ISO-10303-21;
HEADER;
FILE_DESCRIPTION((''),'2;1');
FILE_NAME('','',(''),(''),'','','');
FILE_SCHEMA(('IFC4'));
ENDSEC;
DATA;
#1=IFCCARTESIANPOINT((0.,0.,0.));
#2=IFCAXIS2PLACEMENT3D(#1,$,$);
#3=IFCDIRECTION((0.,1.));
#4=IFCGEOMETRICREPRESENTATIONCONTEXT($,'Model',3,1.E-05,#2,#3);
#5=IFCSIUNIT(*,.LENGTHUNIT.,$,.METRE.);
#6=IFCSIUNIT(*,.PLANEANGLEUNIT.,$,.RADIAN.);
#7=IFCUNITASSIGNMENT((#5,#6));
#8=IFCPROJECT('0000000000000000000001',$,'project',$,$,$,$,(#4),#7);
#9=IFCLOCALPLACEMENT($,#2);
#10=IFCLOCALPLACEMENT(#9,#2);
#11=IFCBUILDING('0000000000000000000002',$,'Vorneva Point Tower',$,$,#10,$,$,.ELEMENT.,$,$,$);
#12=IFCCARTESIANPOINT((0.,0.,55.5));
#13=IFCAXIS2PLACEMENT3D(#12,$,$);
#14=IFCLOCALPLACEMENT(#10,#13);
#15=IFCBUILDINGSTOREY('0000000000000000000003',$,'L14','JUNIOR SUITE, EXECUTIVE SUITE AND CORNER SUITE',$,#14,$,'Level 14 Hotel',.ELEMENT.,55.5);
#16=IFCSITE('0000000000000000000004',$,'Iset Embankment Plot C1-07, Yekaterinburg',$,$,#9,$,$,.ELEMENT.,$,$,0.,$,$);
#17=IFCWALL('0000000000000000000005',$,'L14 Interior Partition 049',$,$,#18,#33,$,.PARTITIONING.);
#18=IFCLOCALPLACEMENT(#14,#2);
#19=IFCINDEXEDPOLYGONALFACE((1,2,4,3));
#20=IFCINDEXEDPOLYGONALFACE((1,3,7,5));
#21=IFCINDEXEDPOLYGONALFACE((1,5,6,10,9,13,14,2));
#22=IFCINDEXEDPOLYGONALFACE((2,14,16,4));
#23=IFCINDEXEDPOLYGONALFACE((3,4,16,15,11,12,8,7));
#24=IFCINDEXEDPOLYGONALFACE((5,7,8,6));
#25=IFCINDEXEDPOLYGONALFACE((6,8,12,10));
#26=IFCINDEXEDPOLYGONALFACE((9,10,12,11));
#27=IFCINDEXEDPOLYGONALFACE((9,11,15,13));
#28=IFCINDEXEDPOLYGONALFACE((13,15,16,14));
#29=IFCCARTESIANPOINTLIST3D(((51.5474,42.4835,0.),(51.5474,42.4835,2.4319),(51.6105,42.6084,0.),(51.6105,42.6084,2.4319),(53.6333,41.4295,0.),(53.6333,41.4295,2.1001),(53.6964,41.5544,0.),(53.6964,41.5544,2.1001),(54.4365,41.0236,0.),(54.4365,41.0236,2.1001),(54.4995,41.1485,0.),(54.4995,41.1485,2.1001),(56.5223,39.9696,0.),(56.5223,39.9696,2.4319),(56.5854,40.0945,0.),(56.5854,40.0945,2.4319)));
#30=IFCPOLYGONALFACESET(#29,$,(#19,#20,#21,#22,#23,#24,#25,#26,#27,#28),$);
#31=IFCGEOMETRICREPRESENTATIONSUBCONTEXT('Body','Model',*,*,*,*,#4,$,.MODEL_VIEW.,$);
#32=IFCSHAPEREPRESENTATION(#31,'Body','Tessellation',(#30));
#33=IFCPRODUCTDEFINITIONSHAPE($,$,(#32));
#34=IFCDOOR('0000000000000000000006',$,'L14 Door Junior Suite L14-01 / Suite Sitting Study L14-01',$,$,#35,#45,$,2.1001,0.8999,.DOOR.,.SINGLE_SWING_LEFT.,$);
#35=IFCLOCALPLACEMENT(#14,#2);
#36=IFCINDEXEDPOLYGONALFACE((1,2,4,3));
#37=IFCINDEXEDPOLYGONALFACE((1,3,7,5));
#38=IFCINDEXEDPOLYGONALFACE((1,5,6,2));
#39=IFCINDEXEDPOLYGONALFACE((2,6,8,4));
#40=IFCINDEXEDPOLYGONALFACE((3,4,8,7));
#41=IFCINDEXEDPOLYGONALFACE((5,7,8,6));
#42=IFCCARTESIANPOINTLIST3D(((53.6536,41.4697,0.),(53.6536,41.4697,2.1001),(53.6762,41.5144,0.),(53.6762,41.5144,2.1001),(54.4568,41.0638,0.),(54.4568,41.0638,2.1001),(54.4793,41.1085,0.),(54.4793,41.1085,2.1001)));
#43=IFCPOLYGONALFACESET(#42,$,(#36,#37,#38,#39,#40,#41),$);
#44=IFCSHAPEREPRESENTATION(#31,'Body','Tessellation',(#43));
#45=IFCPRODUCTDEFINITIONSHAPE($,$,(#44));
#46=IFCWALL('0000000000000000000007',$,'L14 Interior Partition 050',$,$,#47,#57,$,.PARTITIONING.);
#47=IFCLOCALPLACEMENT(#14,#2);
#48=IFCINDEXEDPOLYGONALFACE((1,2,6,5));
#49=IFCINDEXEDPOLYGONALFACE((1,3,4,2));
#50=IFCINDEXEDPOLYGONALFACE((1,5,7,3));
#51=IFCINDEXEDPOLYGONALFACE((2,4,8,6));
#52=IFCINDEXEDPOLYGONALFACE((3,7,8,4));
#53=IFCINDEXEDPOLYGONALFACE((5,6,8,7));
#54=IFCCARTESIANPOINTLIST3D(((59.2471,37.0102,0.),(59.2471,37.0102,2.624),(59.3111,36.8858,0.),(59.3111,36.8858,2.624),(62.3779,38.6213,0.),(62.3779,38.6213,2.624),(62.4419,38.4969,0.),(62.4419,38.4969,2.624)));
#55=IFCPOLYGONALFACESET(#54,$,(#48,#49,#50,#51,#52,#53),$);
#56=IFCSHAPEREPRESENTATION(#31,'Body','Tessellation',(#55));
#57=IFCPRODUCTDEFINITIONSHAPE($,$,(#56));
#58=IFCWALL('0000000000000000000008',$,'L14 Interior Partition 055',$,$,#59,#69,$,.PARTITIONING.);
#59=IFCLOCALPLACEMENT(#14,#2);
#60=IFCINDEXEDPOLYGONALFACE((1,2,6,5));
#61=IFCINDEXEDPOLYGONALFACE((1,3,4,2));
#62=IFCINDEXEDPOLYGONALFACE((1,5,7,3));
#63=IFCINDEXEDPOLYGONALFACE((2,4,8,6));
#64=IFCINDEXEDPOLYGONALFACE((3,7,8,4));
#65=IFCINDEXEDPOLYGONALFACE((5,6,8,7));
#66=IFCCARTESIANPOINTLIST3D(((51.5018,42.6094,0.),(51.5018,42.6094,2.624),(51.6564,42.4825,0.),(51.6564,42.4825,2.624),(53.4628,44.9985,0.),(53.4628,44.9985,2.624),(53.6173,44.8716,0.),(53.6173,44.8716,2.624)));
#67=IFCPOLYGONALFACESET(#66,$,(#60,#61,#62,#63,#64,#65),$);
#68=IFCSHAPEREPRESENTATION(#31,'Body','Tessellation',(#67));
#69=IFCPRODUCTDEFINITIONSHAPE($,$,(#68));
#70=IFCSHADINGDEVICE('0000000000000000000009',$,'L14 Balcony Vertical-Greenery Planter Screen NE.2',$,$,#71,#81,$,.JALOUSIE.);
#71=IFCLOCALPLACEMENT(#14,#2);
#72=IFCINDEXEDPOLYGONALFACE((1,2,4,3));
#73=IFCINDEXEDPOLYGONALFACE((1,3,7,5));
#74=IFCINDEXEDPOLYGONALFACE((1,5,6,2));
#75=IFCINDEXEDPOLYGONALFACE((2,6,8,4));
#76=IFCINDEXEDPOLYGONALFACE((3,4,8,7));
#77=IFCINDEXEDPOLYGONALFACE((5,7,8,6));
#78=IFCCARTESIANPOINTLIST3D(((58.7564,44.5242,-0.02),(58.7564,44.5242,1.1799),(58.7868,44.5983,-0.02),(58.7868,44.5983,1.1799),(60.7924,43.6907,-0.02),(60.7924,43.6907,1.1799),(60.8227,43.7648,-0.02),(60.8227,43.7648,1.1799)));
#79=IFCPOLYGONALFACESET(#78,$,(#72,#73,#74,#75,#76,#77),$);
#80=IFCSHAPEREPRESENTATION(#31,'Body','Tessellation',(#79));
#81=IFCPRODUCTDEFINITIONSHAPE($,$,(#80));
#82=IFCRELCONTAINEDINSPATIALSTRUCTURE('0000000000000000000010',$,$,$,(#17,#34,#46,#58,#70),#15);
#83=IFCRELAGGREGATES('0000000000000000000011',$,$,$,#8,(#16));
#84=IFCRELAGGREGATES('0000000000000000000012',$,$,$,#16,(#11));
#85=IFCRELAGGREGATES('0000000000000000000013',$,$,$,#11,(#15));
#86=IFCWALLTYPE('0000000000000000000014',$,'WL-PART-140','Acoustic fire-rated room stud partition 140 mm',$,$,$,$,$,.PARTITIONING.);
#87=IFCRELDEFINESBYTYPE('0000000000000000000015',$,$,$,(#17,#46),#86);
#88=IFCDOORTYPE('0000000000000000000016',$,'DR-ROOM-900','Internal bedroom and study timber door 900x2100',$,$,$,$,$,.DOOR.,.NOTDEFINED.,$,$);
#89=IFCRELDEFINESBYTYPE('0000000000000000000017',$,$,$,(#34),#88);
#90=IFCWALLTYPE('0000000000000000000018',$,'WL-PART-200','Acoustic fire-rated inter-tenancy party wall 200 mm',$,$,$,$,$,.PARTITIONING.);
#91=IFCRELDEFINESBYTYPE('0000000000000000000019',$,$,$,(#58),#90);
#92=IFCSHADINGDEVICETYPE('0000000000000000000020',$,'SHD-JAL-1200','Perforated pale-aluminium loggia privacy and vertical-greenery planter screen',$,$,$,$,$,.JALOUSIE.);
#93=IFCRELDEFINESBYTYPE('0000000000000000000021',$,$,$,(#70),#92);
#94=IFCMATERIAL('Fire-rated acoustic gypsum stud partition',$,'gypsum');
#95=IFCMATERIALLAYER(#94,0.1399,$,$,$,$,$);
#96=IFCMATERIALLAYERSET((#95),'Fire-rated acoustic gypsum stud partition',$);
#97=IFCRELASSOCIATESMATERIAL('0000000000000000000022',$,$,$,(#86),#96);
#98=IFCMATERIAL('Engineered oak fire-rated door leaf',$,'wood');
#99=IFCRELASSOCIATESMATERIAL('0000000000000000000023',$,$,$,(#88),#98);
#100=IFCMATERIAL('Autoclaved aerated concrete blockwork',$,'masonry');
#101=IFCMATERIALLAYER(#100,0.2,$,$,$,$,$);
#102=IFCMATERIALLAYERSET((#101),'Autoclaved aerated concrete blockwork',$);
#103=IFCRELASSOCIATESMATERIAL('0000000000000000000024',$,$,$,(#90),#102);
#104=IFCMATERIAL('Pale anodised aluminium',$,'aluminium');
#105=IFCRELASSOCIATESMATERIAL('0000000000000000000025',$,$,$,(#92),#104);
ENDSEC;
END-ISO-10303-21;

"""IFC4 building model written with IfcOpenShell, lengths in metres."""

from ifc_helpers import new_model, si_unit, direction, frame, frame_2d, origin, origin_2d, place, context, subcontext, project, spatial, rectangle, extrude, material, layer, layer_set, type_object, element, fill, save


model = new_model("IFC4")

# Units and contexts
model_context = context("Model", 3, precision=1e-05, world=origin(), true_north=direction((0.0, 1.0)))
body_context = subcontext(model_context, "Body", "Model", "MODEL_VIEW")
ifc_project = project(units=[si_unit("LENGTHUNIT", "METRE"), si_unit("PLANEANGLEUNIT", "RADIAN")], contexts=[model_context])

# Site, building, storey
site_placement = place(None, origin())
site = spatial("IfcSite", under=ifc_project, at=site_placement, Name="Iset Embankment Plot C1-07, Yekaterinburg", CompositionType="ELEMENT", RefElevation=0.0)
building_placement = place(site_placement, origin())
building = spatial("IfcBuilding", under=site, at=building_placement, Name="Vorneva Point Tower", CompositionType="ELEMENT")
storey_placement = place(building_placement, frame((0.0, 0.0, 55.5)))
storey = spatial("IfcBuildingStorey", under=building, at=storey_placement, Name="L14", Description="JUNIOR SUITE, EXECUTIVE SUITE AND CORNER SUITE", LongName="Level 14 Hotel", CompositionType="ELEMENT", Elevation=55.5)

# Shared definitions
ifc_material_1 = material(Name="Pale anodised aluminium", Category="aluminium")

# Shared definitions
ifc_material_2 = material(Name="Fire-rated acoustic gypsum stud partition", Category="gypsum")
ifc_material_3 = material(Name="Engineered oak fire-rated door leaf", Category="wood")

# Shared definitions
ifc_layer_1 = layer(ifc_material_2, 0.1399)
ifc_layer_set_1 = layer_set([ifc_layer_1], Name="Fire-rated acoustic gypsum stud partition")
wall_type_1 = type_object("IfcWallType", Name="WL-PART-140", Description="Acoustic fire-rated room stud partition 140 mm", PredefinedType="PARTITIONING", material=ifc_layer_set_1)

# Wall, opening, door
wall_1_placement = place(storey_placement, frame((56.554, 40.032, 0.0), z_axis=(0.0, 0.0, 1.0), x_axis=(-0.892518, 0.451011, 0.0)))
wall_1 = element("IfcWall", 1, at=wall_1_placement, inside=storey, type_object=wall_type_1, Name="L14 Interior Partition 049", PredefinedType="PARTITIONING", context=body_context, shape_type="SweptSolid", body=[
    extrude(rectangle(XDim=5.574, YDim=0.1399, at=frame_2d((2.7871, 0.0))), origin(), (0.0, 0.0, 1.0), 2.4319),
])
opening_1_placement = place(wall_1_placement, frame((2.3372, 0.0, 0.0)))
opening_1 = element("IfcOpeningElement", 2, at=opening_1_placement, cuts=wall_1, PredefinedType="OPENING", context=body_context, shape_type="SweptSolid", body=[
    extrude(rectangle(XDim=0.8999, YDim=2.1001, at=frame_2d((0.45, 1.05))), frame((0.0, 0.085, 0.0), z_axis=(0.0, -1.0, 0.0), x_axis=(1.0, 0.0, 0.0)), (0.0, 0.0, 1.0), 0.1697),
])
door_type_1 = type_object("IfcDoorType", Name="DR-ROOM-900", Description="Internal bedroom and study timber door 900x2100", OperationType="NOTDEFINED", PredefinedType="DOOR", material=ifc_material_3)
door_1_placement = place(opening_1_placement, origin())
door_1 = element("IfcDoor", 3, at=door_1_placement, inside=storey, type_object=door_type_1, Name="L14 Door Junior Suite L14-01 / Suite Sitting Study L14-01", OperationType="SINGLE_SWING_LEFT", OverallHeight=2.1001, OverallWidth=0.8999, PredefinedType="DOOR", context=body_context, shape_type="SweptSolid", body=[
    extrude(rectangle(XDim=0.8999, YDim=2.1001, at=frame_2d((0.45, 1.05))), frame((0.0, 0.0249, 0.0), z_axis=(0.0, -1.0, 0.0), x_axis=(1.0, 0.0, 0.0)), (0.0, 0.0, 1.0), 0.05),
])
fill(opening_1, door_1)

# Walls
wall_2_placement = place(storey_placement, frame((62.4099, 38.5591, 0.0), z_axis=(0.0, 0.0, 1.0), x_axis=(-0.889181, -0.457556, 0.0)))
element("IfcWall", 4, at=wall_2_placement, inside=storey, type_object=wall_type_1, Name="L14 Interior Partition 050", PredefinedType="PARTITIONING", context=body_context, shape_type="SweptSolid", body=[
    extrude(rectangle(XDim=3.521, YDim=0.1399, at=frame_2d((1.7605, 0.0))), origin(), (0.0, 0.0, 1.0), 2.624),
])
ifc_material_4 = material(Name="Autoclaved aerated concrete blockwork", Category="masonry")
ifc_layer_2 = layer(ifc_material_4, 0.2)
ifc_layer_set_2 = layer_set([ifc_layer_2], Name="Autoclaved aerated concrete blockwork")
wall_type_2 = type_object("IfcWallType", Name="WL-PART-200", Description="Acoustic fire-rated inter-tenancy party wall 200 mm", PredefinedType="PARTITIONING", material=ifc_layer_set_2)
wall_3_placement = place(storey_placement, frame((53.54, 44.9351, 0.0), z_axis=(0.0, 0.0, 1.0), x_axis=(-0.634433, -0.772978, 0.0)))
element("IfcWall", 5, at=wall_3_placement, inside=storey, type_object=wall_type_2, Name="L14 Interior Partition 055", PredefinedType="PARTITIONING", context=body_context, shape_type="SweptSolid", body=[
    extrude(rectangle(XDim=3.0908, YDim=0.2, at=frame_2d((1.5454, 0.0))), origin(), (0.0, 0.0, 1.0), 2.624),
])

# Shading device
shading_device_type = type_object("IfcShadingDeviceType", Name="SHD-JAL-1200", Description="Perforated pale-aluminium loggia privacy and vertical-greenery planter screen", PredefinedType="JALOUSIE", material=ifc_material_1)
shading_device_placement = place(storey_placement, frame((59.7896, 44.1445, -0.02), z_axis=(0.0, 0.0, 1.0), x_axis=(-0.925448, 0.378875, 0.0)))
element("IfcShadingDevice", 6, at=shading_device_placement, inside=storey, type_object=shading_device_type, Name="L14 Balcony Vertical-Greenery Planter Screen NE.2", PredefinedType="JALOUSIE", context=body_context, shape_type="SweptSolid", body=[
    extrude(rectangle(XDim=2.2, YDim=0.0801, at=origin_2d()), origin(), (0.0, 0.0, 1.0), 1.2),
])

save(model, "model.ifc")
